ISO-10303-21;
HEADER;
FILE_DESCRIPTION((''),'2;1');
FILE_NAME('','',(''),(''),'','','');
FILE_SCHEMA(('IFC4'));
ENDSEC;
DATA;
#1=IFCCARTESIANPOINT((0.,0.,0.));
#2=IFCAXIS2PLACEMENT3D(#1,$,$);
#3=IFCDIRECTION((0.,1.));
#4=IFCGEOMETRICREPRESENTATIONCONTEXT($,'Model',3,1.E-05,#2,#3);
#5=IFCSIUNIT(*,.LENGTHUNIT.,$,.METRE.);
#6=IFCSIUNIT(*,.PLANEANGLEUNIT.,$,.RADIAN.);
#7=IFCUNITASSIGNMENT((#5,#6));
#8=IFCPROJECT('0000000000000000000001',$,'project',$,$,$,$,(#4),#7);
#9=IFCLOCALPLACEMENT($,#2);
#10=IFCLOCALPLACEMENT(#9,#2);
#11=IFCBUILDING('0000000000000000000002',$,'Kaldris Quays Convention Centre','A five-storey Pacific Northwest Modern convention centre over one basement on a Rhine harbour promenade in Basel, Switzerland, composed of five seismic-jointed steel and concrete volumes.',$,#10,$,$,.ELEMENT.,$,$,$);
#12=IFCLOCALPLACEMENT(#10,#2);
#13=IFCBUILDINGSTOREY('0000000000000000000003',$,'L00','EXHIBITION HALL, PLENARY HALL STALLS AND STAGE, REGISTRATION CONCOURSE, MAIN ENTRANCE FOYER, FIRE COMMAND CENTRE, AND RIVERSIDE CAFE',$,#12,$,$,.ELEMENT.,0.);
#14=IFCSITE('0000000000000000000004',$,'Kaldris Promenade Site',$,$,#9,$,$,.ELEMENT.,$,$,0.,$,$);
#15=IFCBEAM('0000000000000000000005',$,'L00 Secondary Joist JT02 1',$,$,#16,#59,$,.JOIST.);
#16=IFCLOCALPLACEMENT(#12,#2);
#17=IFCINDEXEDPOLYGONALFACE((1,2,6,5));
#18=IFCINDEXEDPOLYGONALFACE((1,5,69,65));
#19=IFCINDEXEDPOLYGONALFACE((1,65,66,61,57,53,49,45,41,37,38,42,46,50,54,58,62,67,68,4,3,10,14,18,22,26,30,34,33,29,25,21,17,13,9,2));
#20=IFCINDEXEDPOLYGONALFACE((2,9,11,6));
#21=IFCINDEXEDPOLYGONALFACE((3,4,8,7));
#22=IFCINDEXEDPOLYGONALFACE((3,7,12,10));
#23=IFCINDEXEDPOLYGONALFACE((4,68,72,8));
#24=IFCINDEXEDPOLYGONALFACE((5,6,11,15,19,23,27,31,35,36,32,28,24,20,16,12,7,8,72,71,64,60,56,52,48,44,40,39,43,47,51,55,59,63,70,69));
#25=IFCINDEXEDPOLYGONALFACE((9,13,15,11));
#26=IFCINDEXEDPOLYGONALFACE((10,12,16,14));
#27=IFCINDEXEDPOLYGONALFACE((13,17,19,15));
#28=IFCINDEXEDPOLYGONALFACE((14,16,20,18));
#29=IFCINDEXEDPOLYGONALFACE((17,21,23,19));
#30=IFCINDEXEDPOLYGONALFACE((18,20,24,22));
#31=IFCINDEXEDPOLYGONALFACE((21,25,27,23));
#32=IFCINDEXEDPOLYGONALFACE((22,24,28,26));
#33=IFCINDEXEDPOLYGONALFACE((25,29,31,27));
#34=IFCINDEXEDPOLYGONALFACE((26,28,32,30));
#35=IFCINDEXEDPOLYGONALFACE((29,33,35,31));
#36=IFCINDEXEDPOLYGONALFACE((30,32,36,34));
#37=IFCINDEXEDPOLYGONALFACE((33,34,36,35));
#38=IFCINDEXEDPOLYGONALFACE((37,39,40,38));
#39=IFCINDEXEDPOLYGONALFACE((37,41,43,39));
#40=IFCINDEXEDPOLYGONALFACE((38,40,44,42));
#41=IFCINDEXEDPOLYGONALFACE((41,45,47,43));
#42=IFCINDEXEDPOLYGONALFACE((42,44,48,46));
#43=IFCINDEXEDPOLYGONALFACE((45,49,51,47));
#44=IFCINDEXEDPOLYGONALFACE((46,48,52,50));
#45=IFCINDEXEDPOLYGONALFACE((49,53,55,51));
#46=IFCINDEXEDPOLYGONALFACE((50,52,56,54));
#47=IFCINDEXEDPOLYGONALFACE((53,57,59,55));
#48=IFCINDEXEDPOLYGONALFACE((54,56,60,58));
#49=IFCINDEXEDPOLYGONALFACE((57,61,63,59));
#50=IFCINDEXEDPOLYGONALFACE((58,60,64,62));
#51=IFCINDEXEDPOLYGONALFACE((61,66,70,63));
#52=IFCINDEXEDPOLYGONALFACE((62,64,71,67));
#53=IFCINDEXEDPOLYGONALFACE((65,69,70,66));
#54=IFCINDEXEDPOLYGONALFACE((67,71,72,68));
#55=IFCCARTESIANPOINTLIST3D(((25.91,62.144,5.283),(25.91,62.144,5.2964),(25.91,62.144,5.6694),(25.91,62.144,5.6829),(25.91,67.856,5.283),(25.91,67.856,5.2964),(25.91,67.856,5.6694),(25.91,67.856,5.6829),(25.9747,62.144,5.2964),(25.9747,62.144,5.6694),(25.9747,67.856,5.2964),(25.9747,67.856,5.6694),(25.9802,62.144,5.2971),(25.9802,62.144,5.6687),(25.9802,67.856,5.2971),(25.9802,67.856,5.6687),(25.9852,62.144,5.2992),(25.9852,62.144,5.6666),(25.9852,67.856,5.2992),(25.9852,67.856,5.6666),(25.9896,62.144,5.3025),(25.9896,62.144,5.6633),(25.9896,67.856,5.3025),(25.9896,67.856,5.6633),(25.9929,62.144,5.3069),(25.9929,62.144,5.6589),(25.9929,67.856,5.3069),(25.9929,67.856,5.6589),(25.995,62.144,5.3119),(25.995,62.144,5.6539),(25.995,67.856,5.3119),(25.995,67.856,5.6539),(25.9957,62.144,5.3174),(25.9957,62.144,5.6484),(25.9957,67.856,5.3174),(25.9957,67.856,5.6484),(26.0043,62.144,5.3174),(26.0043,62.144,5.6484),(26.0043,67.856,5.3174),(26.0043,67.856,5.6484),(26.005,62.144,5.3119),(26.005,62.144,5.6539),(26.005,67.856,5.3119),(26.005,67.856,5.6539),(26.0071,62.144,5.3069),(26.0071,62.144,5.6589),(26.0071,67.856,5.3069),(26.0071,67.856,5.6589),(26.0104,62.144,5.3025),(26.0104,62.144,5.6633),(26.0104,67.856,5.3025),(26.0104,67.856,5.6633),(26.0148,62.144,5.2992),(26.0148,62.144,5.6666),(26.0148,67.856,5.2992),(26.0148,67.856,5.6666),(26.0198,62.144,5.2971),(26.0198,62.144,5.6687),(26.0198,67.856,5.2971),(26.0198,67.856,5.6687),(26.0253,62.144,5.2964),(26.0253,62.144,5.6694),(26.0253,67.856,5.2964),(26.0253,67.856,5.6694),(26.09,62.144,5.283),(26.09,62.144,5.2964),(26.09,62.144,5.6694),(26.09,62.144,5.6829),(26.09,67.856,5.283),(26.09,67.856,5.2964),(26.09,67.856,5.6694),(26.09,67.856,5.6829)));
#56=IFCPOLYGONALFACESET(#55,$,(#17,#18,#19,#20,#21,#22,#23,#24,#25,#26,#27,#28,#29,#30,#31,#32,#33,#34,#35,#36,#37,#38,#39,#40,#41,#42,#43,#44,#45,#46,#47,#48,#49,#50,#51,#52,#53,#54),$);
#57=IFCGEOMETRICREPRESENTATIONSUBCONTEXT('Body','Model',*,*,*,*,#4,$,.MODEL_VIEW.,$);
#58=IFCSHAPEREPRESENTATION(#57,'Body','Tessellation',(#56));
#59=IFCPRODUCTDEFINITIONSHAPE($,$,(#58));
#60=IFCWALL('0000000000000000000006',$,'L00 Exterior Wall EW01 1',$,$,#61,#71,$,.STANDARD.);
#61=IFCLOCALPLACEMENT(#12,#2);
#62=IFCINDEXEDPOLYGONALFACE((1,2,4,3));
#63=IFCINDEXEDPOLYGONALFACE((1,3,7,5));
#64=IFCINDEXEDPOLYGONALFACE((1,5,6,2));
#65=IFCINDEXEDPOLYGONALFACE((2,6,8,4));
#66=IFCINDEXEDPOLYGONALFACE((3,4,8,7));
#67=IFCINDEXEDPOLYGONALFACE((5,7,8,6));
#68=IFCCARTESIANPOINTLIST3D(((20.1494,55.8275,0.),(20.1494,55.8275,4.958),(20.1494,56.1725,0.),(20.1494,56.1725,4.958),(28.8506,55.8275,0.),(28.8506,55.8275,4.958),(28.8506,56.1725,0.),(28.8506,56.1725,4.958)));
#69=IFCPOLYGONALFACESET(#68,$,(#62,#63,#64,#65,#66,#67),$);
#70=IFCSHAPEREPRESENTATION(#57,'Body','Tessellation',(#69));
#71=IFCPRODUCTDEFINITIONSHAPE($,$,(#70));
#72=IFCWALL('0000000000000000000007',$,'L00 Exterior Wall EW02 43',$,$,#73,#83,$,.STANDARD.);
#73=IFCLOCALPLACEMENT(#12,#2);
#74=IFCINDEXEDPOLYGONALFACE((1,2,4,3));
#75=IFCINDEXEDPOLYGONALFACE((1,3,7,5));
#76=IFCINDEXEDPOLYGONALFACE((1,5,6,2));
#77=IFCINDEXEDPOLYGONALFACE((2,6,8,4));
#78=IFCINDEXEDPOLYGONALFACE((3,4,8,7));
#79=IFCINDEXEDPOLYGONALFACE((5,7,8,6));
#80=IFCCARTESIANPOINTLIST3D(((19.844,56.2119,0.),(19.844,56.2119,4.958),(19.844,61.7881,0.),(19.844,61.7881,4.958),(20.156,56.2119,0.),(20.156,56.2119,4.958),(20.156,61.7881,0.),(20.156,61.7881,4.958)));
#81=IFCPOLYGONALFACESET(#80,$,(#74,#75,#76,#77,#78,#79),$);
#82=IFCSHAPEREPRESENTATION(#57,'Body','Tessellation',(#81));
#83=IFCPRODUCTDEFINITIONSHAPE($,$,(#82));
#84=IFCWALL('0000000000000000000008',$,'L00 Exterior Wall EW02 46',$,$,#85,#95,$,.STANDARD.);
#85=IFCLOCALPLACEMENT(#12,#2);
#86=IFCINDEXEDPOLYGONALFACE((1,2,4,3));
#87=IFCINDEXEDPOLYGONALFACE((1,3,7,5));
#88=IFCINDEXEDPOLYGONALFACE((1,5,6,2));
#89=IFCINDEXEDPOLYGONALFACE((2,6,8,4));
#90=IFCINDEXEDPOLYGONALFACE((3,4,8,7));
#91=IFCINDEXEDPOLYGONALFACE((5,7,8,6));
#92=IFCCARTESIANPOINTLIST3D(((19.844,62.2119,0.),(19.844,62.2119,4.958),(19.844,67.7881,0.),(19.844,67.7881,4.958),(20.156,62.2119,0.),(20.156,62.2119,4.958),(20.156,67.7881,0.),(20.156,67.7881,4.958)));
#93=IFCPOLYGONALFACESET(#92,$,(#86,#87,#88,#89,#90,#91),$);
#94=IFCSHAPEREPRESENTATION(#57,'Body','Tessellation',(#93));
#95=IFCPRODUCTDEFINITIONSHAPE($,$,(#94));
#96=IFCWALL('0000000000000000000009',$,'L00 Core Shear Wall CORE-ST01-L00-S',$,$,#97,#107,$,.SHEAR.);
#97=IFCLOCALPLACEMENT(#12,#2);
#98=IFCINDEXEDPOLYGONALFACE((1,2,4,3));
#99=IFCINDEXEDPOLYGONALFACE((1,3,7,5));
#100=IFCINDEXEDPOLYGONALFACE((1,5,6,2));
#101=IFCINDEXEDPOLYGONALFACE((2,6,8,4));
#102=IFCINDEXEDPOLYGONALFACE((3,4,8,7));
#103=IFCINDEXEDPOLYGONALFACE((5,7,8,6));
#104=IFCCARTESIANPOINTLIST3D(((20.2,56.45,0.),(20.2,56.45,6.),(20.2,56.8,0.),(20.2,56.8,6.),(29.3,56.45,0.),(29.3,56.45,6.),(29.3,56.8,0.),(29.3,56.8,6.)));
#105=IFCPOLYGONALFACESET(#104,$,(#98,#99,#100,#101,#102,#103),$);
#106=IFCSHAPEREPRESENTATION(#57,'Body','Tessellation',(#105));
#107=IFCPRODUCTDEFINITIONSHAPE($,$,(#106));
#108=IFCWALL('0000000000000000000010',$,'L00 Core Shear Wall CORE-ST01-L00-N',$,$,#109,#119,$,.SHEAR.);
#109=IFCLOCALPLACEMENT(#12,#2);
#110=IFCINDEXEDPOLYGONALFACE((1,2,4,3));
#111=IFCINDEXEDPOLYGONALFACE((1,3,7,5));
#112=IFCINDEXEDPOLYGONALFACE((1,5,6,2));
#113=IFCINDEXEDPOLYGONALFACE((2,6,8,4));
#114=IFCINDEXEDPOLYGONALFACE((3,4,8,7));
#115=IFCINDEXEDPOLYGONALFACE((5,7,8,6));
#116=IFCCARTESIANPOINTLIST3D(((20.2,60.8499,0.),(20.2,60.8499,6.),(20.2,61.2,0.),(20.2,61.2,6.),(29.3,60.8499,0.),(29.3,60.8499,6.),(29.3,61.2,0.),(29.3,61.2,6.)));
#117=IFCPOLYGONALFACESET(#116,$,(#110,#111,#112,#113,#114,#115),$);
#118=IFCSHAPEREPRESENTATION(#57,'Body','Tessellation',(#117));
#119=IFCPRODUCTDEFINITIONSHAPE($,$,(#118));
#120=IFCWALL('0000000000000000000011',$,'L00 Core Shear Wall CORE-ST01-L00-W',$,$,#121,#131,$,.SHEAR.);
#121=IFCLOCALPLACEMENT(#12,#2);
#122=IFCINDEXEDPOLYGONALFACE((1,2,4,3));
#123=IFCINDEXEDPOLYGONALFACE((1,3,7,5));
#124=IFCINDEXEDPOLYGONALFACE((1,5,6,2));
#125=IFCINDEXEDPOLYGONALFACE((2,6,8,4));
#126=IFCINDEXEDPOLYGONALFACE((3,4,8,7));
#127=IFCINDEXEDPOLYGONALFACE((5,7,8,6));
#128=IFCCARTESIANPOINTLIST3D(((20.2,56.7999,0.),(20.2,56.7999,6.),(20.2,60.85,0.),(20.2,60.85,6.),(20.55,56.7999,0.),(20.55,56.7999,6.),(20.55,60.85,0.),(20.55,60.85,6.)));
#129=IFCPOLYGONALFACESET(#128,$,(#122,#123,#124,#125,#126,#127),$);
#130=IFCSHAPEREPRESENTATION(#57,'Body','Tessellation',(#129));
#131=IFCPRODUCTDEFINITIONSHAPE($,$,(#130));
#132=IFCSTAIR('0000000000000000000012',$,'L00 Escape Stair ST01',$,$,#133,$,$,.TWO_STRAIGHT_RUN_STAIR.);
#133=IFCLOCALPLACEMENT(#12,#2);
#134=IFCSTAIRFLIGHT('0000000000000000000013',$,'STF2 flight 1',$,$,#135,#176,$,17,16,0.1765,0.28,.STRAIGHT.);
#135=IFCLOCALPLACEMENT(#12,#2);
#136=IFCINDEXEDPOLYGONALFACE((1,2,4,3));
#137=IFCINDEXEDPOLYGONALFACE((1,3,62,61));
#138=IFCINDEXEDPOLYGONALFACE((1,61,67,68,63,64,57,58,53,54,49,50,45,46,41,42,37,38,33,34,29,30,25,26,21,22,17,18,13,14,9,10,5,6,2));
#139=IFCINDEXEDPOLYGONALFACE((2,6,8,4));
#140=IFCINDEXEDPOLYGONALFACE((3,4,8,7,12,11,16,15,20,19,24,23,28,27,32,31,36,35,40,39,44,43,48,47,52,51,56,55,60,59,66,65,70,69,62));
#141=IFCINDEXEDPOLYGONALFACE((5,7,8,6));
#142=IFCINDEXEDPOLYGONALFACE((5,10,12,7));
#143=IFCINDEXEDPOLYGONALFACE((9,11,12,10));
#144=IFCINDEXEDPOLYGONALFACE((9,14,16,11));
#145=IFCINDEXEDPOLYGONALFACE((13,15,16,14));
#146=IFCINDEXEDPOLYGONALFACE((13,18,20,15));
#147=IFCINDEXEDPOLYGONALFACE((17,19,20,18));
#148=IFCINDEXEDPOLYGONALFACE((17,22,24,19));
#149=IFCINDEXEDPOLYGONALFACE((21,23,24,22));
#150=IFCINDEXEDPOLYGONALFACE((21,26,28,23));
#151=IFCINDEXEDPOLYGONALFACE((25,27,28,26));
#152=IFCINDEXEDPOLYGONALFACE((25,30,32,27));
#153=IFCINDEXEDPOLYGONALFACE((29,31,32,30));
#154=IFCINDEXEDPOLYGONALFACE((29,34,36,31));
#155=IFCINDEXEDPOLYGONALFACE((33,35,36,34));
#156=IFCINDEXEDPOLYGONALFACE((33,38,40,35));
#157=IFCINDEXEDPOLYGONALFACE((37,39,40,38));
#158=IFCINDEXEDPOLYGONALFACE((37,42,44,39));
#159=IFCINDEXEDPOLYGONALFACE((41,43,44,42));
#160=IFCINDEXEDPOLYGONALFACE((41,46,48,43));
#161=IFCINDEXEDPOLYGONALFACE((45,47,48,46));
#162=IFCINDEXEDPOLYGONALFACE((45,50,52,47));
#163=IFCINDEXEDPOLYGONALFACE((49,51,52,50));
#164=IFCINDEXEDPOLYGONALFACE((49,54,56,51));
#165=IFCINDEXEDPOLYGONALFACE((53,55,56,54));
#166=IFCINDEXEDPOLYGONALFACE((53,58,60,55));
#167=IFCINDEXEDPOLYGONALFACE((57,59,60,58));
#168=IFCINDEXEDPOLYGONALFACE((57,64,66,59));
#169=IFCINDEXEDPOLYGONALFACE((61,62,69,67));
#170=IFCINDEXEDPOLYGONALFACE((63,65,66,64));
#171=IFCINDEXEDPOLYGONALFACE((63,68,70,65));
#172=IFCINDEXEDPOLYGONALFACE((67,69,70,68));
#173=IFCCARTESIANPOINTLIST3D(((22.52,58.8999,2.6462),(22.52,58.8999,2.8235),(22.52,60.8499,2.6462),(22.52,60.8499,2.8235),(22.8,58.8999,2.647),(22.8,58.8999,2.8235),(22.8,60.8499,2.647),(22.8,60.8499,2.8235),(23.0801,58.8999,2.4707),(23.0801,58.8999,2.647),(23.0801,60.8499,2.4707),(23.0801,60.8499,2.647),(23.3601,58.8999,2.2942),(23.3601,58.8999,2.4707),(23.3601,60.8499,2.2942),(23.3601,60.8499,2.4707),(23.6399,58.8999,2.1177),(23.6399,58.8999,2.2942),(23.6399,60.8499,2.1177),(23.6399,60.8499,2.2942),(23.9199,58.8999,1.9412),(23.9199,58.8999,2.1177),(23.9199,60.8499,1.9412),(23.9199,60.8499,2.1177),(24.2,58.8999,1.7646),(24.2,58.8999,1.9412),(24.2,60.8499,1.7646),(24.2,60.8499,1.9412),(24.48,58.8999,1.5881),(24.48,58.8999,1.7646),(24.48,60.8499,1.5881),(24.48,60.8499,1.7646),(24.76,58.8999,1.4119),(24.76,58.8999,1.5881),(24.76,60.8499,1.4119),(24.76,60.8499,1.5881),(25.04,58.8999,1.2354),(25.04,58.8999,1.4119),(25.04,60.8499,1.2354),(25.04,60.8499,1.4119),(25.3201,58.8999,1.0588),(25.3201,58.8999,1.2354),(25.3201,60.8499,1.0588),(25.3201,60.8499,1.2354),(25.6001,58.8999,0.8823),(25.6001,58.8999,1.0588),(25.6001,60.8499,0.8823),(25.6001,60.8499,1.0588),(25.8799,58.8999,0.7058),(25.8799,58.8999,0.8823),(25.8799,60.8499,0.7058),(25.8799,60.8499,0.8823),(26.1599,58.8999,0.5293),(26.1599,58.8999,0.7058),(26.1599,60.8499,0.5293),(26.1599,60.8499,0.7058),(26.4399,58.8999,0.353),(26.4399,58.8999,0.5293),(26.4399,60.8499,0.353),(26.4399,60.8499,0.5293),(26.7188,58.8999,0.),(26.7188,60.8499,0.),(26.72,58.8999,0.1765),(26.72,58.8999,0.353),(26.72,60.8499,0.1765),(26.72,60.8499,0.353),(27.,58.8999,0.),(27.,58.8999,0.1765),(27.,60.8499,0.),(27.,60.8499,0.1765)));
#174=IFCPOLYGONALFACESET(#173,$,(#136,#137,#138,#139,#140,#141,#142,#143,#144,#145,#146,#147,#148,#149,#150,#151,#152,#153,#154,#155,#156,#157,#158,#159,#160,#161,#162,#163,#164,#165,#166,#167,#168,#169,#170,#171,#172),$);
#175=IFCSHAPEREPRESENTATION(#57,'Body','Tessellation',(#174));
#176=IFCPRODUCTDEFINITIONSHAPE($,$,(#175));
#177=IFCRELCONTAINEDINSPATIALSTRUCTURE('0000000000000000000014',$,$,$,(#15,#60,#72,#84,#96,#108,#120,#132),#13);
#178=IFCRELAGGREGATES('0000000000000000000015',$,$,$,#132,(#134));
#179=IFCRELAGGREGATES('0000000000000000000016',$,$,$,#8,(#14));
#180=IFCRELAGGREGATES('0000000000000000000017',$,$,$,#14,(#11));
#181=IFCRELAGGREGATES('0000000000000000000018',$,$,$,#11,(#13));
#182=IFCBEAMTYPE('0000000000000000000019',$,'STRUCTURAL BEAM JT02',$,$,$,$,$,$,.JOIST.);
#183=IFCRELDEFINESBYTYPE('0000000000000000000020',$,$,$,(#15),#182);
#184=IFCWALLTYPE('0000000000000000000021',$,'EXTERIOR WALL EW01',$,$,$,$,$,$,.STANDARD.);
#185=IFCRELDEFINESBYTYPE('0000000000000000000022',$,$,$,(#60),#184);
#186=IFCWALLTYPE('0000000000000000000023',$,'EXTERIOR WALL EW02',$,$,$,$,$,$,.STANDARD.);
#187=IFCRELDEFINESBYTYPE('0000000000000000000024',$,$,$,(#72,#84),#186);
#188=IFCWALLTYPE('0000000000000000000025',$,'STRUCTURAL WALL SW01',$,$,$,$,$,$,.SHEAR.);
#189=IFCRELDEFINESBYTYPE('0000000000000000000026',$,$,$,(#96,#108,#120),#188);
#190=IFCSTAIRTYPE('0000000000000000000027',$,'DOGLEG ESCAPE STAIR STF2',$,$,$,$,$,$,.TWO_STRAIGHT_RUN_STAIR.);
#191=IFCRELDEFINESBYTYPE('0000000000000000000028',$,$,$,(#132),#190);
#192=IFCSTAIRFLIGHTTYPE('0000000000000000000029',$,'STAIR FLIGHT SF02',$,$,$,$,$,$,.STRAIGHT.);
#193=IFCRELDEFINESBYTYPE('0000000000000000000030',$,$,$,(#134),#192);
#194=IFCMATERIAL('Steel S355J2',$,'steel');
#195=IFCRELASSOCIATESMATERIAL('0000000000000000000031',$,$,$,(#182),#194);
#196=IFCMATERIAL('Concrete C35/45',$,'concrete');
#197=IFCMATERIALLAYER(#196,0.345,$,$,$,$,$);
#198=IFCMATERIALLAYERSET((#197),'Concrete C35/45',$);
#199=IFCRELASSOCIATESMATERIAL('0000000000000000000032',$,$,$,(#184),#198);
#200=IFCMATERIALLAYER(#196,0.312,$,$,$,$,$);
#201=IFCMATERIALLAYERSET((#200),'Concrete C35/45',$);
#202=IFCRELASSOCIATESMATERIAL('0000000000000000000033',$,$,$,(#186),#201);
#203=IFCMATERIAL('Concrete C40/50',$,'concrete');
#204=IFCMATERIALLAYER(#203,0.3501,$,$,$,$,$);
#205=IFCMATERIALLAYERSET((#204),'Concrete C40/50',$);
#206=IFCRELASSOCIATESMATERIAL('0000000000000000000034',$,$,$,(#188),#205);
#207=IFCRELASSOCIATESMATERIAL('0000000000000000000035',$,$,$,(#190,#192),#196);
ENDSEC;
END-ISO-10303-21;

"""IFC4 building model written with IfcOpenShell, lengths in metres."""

from ifc_helpers import new_model, si_unit, direction, frame, frame_2d, origin, origin_2d, place, context, subcontext, project, spatial, polyline, rectangle, i_section, outline, extrude, material, layer, layer_set, material_profile, profile_set, type_object, element, aggregate, save


model = new_model("IFC4")

# Units and contexts
model_context = context("Model", 3, precision=1e-05, world=origin(), true_north=direction((0.0, 1.0)))
body_context = subcontext(model_context, "Body", "Model", "MODEL_VIEW")
ifc_project = project(units=[si_unit("LENGTHUNIT", "METRE"), si_unit("PLANEANGLEUNIT", "RADIAN")], contexts=[model_context])

# Site, building, storey
site_placement = place(None, origin())
site = spatial("IfcSite", under=ifc_project, at=site_placement, Name="Kaldris Promenade Site", CompositionType="ELEMENT", RefElevation=0.0)
building_placement = place(site_placement, origin())
building = spatial("IfcBuilding", under=site, at=building_placement, Name="Kaldris Quays Convention Centre", Description="A five-storey Pacific Northwest Modern convention centre over one basement on a Rhine harbour promenade in Basel, Switzerland, composed of five seismic-jointed steel and concrete volumes.", CompositionType="ELEMENT")
storey_placement = place(building_placement, origin())
storey = spatial("IfcBuildingStorey", under=building, at=storey_placement, Name="L00", Description="EXHIBITION HALL, PLENARY HALL STALLS AND STAGE, REGISTRATION CONCOURSE, MAIN ENTRANCE FOYER, FIRE COMMAND CENTRE, AND RIVERSIDE CAFE", CompositionType="ELEMENT", Elevation=0.0)

# Beam
ifc_material_1 = material(Name="Steel S355J2", Category="steel")
ifc_material_profile_1 = material_profile(ifc_material_1, i_section(OverallWidth=0.1799, OverallDepth=0.3999, WebThickness=0.0085, FlangeThickness=0.0134, FilletRadius=0.021, at=origin_2d()), Name="IPE 400")
ifc_profile_set_1 = profile_set([ifc_material_profile_1], Name="Steel S355J2")
beam_type_1 = type_object("IfcBeamType", Name="STRUCTURAL BEAM JT02", PredefinedType="JOIST", material=ifc_profile_set_1)
beam_1_placement = place(storey_placement, frame((26.0, 62.144, 5.4829), z_axis=(0.0, 1.0, 0.0), x_axis=(-1.0, 0.0, 0.0)))
element("IfcBeam", 1, at=beam_1_placement, inside=storey, type_object=beam_type_1, Name="L00 Secondary Joist JT02 1", PredefinedType="JOIST", context=body_context, shape_type="SweptSolid", body=[
    extrude(i_section(OverallWidth=0.1799, OverallDepth=0.3999, WebThickness=0.0085, FlangeThickness=0.0134, FilletRadius=0.021, at=origin_2d()), origin(), (0.0, 0.0, 1.0), 5.7119),
])

# Walls
ifc_material_2 = material(Name="Concrete C35/45", Category="concrete")
ifc_layer_1 = layer(ifc_material_2, 0.345)
ifc_layer_set_1 = layer_set([ifc_layer_1], Name="Concrete C35/45")
wall_type_1 = type_object("IfcWallType", Name="EXTERIOR WALL EW01", PredefinedType="STANDARD", material=ifc_layer_set_1)
wall_1_placement = place(storey_placement, frame((20.1494, 56.0, 0.0), z_axis=(0.0, 0.0, 1.0), x_axis=(1.0, 0.0, 0.0)))
element("IfcWall", 2, at=wall_1_placement, inside=storey, type_object=wall_type_1, Name="L00 Exterior Wall EW01 1", PredefinedType="STANDARD", context=body_context, shape_type="SweptSolid", body=[
    extrude(rectangle(XDim=8.7012, YDim=0.345, at=frame_2d((4.3506, 0.0))), origin(), (0.0, 0.0, 1.0), 4.958),
])
ifc_layer_2 = layer(ifc_material_2, 0.312)
ifc_layer_set_2 = layer_set([ifc_layer_2], Name="Concrete C35/45")
wall_type_2 = type_object("IfcWallType", Name="EXTERIOR WALL EW02", PredefinedType="STANDARD", material=ifc_layer_set_2)
for number, where, z_axis, x_axis, name in (
    (3, (20.0, 56.2119, 0.0), (0.0, 0.0, 1.0), (0.0, 1.0, 0.0), "L00 Exterior Wall EW02 43"),
    (4, (20.0, 62.2119, 0.0), (0.0, 0.0, 1.0), (0.0, 1.0, 0.0), "L00 Exterior Wall EW02 46"),
):
    element("IfcWall", number, at=place(storey_placement, frame(where, z_axis=z_axis, x_axis=x_axis)), inside=storey, type_object=wall_type_2, Name=name, PredefinedType="STANDARD", context=body_context, shape_type="SweptSolid", body=[
        extrude(rectangle(XDim=5.5762, YDim=0.312, at=frame_2d((2.7881, 0.0))), origin(), (0.0, 0.0, 1.0), 4.958),
    ])
ifc_material_3 = material(Name="Concrete C40/50", Category="concrete")
ifc_layer_3 = layer(ifc_material_3, 0.3501)
ifc_layer_set_3 = layer_set([ifc_layer_3], Name="Concrete C40/50")
wall_type_3 = type_object("IfcWallType", Name="STRUCTURAL WALL SW01", PredefinedType="SHEAR", material=ifc_layer_set_3)
for number, where, z_axis, x_axis, name in (
    (5, (20.2, 56.625, 0.0), (0.0, 0.0, 1.0), (1.0, 0.0, 0.0), "L00 Core Shear Wall CORE-ST01-L00-S"),
    (6, (20.2, 61.0249, 0.0), (0.0, 0.0, 1.0), (1.0, 0.0, 0.0), "L00 Core Shear Wall CORE-ST01-L00-N"),
):
    element("IfcWall", number, at=place(storey_placement, frame(where, z_axis=z_axis, x_axis=x_axis)), inside=storey, type_object=wall_type_3, Name=name, PredefinedType="SHEAR", context=body_context, shape_type="SweptSolid", body=[
        extrude(rectangle(XDim=9.1001, YDim=0.3501, at=frame_2d((4.55, 0.0))), origin(), (0.0, 0.0, 1.0), 6.0),
    ])
wall_2_placement = place(storey_placement, frame((20.375, 56.8, 0.0), z_axis=(0.0, 0.0, 1.0), x_axis=(0.0, 1.0, 0.0)))
element("IfcWall", 7, at=wall_2_placement, inside=storey, type_object=wall_type_3, Name="L00 Core Shear Wall CORE-ST01-L00-W", PredefinedType="SHEAR", context=body_context, shape_type="SweptSolid", body=[
    extrude(rectangle(XDim=4.05, YDim=0.3501, at=frame_2d((2.0249, 0.0))), origin(), (0.0, 0.0, 1.0), 6.0),
])

# Stair, stair flight
stair_type = type_object("IfcStairType", Name="DOGLEG ESCAPE STAIR STF2", PredefinedType="TWO_STRAIGHT_RUN_STAIR", material=ifc_material_2)
stair_placement = place(storey_placement, origin())
stair = element("IfcStair", 8, at=stair_placement, inside=storey, type_object=stair_type, Name="L00 Escape Stair ST01", PredefinedType="TWO_STRAIGHT_RUN_STAIR")
stair_flight_type = type_object("IfcStairFlightType", Name="STAIR FLIGHT SF02", PredefinedType="STRAIGHT", material=ifc_material_2)
stair_flight_1_placement = place(storey_placement, frame((27.0, 59.875, 0.0), z_axis=(0.0, 0.0, 1.0), x_axis=(-1.0, 0.0, 0.0)))
stair_flight_1 = element("IfcStairFlight", 9, at=stair_flight_1_placement, type_object=stair_flight_type, Name="STF2 flight 1", NumberOfRisers=17, NumberOfTreads=16, PredefinedType="STRAIGHT", RiserHeight=0.1765, TreadLength=0.28, context=body_context, shape_type="SweptSolid", body=[
    extrude(outline(polyline([(0.0, 0.0), (0.0, 0.1765), (0.28, 0.1765), (0.28, 0.353), (0.5601, 0.353), (0.5601, 0.5293), (0.8401, 0.5293), (0.8401, 0.7058), (1.1201, 0.7058), (1.1201, 0.8823), (1.3999, 0.8823), (1.3999, 1.0588), (1.6799, 1.0588), (1.6799, 1.2354), (1.96, 1.2354), (1.96, 1.4119), (2.24, 1.4119), (2.24, 1.5881), (2.52, 1.5881), (2.52, 1.7646), (2.8, 1.7646), (2.8, 1.9412), (3.0801, 1.9412), (3.0801, 2.1177), (3.3601, 2.1177), (3.3601, 2.2942), (3.6399, 2.2942), (3.6399, 2.4707), (3.9199, 2.4707), (3.9199, 2.647), (4.2, 2.647), (4.2, 2.8235), (4.48, 2.8235), (4.48, 3.0), (4.48, 2.6462), (0.2812, 0.0), (0.0, 0.0)])), frame((0.0, 0.9751, 0.0), z_axis=(0.0, -1.0, 0.0), x_axis=(1.0, 0.0, 0.0)), (0.0, 0.0, 1.0), 1.95),
])
aggregate(stair, [stair_flight_1])

save(model, "model.ifc")
